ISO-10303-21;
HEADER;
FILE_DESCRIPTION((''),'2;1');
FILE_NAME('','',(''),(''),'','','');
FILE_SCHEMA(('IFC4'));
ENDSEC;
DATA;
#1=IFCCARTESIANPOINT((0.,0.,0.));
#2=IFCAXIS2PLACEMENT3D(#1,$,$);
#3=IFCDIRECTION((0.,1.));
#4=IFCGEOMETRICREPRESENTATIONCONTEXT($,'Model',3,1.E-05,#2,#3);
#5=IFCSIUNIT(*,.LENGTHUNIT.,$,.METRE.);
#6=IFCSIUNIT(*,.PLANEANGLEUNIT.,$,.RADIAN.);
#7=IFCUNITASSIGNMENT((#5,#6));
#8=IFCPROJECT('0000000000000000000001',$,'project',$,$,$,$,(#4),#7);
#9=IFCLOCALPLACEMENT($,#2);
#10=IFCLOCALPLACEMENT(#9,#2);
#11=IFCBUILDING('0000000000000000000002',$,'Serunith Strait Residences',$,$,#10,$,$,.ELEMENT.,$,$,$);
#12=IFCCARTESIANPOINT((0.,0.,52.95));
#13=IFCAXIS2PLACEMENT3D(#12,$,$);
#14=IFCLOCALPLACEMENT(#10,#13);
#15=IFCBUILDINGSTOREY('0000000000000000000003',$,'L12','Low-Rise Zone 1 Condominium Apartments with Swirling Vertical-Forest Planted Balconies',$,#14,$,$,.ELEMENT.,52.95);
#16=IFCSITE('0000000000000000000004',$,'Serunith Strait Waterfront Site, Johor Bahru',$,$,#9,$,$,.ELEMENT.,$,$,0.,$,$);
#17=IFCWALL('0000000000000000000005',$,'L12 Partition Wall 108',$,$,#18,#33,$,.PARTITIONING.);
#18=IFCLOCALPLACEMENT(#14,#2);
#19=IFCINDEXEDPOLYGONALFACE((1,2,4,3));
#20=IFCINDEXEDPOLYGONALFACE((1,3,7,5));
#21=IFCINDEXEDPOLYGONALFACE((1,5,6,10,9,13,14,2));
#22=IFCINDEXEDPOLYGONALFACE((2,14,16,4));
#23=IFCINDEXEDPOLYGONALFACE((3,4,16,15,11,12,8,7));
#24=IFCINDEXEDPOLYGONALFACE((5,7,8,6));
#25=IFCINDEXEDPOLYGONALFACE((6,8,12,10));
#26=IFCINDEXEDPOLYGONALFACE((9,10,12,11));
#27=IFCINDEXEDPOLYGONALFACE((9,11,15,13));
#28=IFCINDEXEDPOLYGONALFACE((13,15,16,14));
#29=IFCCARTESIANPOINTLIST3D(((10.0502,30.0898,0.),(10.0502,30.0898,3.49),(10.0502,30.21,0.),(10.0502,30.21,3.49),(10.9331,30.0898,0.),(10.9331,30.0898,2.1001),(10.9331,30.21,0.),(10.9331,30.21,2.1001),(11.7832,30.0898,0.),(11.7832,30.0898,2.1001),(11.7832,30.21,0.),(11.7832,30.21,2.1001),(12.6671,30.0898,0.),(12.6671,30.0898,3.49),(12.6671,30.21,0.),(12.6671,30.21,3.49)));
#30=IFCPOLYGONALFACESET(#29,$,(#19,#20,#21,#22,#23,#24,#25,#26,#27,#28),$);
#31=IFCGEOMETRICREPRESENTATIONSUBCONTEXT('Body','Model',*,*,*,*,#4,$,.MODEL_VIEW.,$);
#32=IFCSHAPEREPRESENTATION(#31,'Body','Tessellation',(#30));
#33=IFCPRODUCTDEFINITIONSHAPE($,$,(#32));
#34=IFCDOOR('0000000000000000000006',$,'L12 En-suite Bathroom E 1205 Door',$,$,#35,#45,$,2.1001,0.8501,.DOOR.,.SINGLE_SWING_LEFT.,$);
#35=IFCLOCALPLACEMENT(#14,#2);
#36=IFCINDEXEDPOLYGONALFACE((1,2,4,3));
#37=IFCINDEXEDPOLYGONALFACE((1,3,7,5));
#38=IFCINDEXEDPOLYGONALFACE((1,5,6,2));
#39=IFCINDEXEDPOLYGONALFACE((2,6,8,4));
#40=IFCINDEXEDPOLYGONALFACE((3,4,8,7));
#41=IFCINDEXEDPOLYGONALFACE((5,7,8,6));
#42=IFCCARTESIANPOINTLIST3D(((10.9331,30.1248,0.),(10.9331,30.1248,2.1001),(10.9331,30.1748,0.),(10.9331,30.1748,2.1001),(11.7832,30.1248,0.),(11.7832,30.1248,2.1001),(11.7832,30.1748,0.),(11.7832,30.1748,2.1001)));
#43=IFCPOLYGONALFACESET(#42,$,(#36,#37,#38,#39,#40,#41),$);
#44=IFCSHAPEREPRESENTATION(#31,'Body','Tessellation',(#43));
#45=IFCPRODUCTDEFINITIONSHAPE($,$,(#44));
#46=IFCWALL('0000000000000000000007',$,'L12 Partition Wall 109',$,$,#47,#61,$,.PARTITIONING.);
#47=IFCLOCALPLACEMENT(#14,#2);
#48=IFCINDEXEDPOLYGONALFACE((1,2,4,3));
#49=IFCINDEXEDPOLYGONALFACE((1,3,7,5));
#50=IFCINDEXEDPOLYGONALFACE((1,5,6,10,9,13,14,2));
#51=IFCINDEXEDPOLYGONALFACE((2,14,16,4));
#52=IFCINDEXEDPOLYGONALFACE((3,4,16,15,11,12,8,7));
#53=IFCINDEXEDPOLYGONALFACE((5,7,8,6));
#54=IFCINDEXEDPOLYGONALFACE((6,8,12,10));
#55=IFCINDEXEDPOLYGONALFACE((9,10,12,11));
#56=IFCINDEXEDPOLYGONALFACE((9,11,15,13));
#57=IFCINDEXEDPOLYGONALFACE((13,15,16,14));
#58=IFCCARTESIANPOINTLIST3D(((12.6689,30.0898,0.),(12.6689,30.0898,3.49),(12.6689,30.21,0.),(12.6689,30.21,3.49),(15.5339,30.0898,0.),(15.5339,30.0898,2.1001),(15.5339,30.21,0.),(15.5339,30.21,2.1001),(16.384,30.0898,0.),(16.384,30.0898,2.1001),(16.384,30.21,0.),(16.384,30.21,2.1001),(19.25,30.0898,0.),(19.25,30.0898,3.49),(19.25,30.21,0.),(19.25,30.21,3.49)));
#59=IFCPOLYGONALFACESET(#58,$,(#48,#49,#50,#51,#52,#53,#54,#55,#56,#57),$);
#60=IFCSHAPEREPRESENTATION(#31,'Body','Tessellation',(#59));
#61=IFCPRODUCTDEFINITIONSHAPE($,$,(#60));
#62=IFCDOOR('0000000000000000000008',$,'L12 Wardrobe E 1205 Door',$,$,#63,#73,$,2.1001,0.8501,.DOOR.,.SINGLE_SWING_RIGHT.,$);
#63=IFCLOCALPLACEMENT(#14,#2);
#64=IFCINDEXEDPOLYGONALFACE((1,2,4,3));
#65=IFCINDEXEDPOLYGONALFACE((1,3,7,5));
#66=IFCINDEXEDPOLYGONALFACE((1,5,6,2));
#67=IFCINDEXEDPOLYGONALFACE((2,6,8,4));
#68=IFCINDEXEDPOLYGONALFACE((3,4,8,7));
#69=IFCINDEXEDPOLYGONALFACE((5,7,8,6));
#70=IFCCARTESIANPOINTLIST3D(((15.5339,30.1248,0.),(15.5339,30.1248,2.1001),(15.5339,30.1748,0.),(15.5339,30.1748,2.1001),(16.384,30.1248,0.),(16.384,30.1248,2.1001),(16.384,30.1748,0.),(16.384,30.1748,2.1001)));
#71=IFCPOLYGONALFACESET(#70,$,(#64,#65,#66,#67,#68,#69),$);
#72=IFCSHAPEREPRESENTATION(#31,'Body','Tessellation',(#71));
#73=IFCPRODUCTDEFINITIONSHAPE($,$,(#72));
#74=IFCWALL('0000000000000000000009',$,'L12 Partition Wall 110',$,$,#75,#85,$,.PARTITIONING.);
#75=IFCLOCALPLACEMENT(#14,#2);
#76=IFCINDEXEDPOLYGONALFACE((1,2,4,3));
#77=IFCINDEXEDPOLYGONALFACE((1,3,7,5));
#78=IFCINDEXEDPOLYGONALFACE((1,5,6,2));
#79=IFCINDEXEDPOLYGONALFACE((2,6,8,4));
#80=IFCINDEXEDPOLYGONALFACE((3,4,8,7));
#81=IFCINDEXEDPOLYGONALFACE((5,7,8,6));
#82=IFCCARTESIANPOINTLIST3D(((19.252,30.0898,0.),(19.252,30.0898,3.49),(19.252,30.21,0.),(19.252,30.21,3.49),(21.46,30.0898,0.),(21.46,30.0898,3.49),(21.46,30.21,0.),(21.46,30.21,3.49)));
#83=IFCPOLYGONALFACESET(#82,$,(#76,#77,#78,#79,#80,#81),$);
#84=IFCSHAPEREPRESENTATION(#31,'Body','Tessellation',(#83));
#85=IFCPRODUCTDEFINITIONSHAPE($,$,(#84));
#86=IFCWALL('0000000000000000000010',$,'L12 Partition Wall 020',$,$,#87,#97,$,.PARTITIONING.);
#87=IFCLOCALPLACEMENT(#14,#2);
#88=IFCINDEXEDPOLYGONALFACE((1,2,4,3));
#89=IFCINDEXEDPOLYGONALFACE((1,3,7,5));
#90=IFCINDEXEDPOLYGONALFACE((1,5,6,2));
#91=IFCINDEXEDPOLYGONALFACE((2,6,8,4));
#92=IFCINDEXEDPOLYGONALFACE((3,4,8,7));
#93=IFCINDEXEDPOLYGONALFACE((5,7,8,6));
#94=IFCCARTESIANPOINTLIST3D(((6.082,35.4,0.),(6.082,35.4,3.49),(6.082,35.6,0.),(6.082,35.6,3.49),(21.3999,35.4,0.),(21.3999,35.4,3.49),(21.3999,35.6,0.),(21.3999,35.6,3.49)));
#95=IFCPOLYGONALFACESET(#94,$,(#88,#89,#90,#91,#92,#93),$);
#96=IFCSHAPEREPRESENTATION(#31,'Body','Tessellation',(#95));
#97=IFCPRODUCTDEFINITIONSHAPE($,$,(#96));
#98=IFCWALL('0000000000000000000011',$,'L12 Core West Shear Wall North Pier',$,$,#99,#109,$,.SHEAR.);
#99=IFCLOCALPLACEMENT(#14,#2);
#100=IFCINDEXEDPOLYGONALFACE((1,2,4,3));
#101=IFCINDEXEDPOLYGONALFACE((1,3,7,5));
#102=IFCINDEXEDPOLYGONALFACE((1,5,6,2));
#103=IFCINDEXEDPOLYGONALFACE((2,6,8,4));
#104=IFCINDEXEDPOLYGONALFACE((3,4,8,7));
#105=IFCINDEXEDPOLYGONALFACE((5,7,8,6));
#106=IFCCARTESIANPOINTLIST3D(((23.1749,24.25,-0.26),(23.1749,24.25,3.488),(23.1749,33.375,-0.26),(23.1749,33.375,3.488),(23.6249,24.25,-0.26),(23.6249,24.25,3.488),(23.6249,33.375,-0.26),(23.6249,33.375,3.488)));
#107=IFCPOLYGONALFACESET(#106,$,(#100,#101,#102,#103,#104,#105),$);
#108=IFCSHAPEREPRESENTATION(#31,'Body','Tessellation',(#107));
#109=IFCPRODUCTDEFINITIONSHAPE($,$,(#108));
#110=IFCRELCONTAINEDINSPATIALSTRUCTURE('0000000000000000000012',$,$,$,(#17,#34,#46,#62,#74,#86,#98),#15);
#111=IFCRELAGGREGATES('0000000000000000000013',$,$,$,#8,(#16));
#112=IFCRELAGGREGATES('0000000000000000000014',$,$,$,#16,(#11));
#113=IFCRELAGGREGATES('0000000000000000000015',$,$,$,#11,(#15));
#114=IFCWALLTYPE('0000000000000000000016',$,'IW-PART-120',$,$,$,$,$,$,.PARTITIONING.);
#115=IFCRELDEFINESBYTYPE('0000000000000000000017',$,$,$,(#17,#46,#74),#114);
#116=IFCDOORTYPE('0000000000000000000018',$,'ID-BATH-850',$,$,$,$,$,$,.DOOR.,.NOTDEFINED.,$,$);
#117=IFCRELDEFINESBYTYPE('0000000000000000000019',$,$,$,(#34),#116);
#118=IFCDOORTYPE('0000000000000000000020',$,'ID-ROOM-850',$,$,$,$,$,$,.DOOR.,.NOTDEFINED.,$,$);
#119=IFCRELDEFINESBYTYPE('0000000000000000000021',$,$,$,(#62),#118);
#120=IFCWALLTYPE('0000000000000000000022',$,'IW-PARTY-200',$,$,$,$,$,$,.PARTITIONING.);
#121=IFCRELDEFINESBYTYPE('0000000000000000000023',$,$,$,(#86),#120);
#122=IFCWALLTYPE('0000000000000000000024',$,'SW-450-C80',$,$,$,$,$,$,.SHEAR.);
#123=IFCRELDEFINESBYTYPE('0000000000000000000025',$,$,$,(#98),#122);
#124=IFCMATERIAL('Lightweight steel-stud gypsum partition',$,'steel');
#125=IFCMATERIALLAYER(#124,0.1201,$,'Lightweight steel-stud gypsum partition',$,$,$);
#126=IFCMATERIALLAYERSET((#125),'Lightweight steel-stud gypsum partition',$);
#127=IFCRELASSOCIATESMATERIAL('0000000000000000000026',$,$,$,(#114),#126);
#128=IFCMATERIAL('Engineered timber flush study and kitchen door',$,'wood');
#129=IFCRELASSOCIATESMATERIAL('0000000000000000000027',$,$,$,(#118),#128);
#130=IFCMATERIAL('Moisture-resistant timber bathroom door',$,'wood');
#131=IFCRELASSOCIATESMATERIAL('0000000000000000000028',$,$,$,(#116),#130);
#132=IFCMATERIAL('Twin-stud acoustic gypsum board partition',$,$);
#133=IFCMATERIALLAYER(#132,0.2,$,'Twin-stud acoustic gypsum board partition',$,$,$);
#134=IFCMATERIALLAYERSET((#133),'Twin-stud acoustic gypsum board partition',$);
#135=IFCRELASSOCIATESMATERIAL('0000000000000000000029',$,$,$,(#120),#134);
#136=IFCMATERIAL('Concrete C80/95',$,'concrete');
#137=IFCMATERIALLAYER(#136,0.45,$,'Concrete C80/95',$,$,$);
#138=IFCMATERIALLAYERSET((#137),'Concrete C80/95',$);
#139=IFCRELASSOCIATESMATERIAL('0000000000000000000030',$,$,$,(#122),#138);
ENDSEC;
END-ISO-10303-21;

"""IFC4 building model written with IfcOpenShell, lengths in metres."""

from ifc_helpers import new_model, si_unit, direction, frame, frame_2d, origin, place, context, subcontext, project, spatial, rectangle, extrude, source, transform, mapped, material, layer, layer_set, type_object, element, fill, save


model = new_model("IFC4")

# Units and contexts
model_context = context("Model", 3, precision=1e-05, world=origin(), true_north=direction((0.0, 1.0)))
body_context = subcontext(model_context, "Body", "Model", "MODEL_VIEW")
ifc_project = project(units=[si_unit("LENGTHUNIT", "METRE"), si_unit("PLANEANGLEUNIT", "RADIAN")], contexts=[model_context])

# Site, building, storey
site_placement = place(None, origin())
site = spatial("IfcSite", under=ifc_project, at=site_placement, Name="Serunith Strait Waterfront Site, Johor Bahru", CompositionType="ELEMENT", RefElevation=0.0)
building_placement = place(site_placement, origin())
building = spatial("IfcBuilding", under=site, at=building_placement, Name="Serunith Strait Residences", CompositionType="ELEMENT")
storey_placement = place(building_placement, frame((0.0, 0.0, 52.95)))
storey = spatial("IfcBuildingStorey", under=building, at=storey_placement, Name="L12", Description="Low-Rise Zone 1 Condominium Apartments with Swirling Vertical-Forest Planted Balconies", CompositionType="ELEMENT", Elevation=52.95)

# Shared definitions
ifc_material_1 = material(Name="Lightweight steel-stud gypsum partition", Category="steel")
ifc_layer_1 = layer(ifc_material_1, 0.1201, Name="Lightweight steel-stud gypsum partition")
ifc_layer_set_1 = layer_set([ifc_layer_1], Name="Lightweight steel-stud gypsum partition")
wall_type_1 = type_object("IfcWallType", Name="IW-PART-120", PredefinedType="PARTITIONING", material=ifc_layer_set_1)

# Shared definitions
ifc_material_2 = material(Name="Engineered timber flush study and kitchen door", Category="wood")
door_type_1 = type_object("IfcDoorType", Name="ID-ROOM-850", OperationType="NOTDEFINED", PredefinedType="DOOR", material=ifc_material_2)
shared_shape_1 = source(origin(), body_context, "Body", "SweptSolid", [
    extrude(rectangle(XDim=0.8501, YDim=2.1001, at=frame_2d((0.425, 1.05))), frame((0.0, 0.0249, 0.0), z_axis=(0.0, -1.0, 0.0), x_axis=(1.0, 0.0, 0.0)), (0.0, 0.0, 1.0), 0.05),
])

# Walls, openings, doors
wall_1_placement = place(storey_placement, frame((10.05, 30.1499, 0.0), z_axis=(0.0, 0.0, 1.0), x_axis=(1.0, 0.0, 0.0)))
wall_1 = element("IfcWall", 1, at=wall_1_placement, inside=storey, type_object=wall_type_1, Name="L12 Partition Wall 108", PredefinedType="PARTITIONING", context=body_context, shape_type="SweptSolid", body=[
    extrude(rectangle(XDim=2.6169, YDim=0.1201, at=frame_2d((1.3086, 0.0))), origin(), (0.0, 0.0, 1.0), 3.49),
])
opening_1_placement = place(wall_1_placement, frame((0.8831, 0.0, 0.0)))
opening_1 = element("IfcOpeningElement", 2, at=opening_1_placement, cuts=wall_1, PredefinedType="OPENING", context=body_context, shape_type="SweptSolid", body=[
    extrude(rectangle(XDim=0.8501, YDim=2.1001, at=frame_2d((0.425, 1.05))), frame((0.0, 0.0701, 0.0), z_axis=(0.0, -1.0, 0.0), x_axis=(1.0, 0.0, 0.0)), (0.0, 0.0, 1.0), 0.1401),
])
ifc_material_3 = material(Name="Moisture-resistant timber bathroom door", Category="wood")
door_type_2 = type_object("IfcDoorType", Name="ID-BATH-850", OperationType="NOTDEFINED", PredefinedType="DOOR", material=ifc_material_3)
door_1_placement = place(opening_1_placement, origin())
door_1 = element("IfcDoor", 3, at=door_1_placement, inside=storey, type_object=door_type_2, Name="L12 En-suite Bathroom E 1205 Door", OperationType="SINGLE_SWING_LEFT", OverallHeight=2.1001, OverallWidth=0.8501, PredefinedType="DOOR", context=body_context, shape_type="MappedRepresentation", body=[
    mapped(shared_shape_1, transform((0.0, 0.0, 0.0), scale=1.0)),
])
fill(opening_1, door_1)
wall_2_placement = place(storey_placement, frame((12.6689, 30.1499, 0.0), z_axis=(0.0, 0.0, 1.0), x_axis=(1.0, 0.0, 0.0)))
wall_2 = element("IfcWall", 4, at=wall_2_placement, inside=storey, type_object=wall_type_1, Name="L12 Partition Wall 109", PredefinedType="PARTITIONING", context=body_context, shape_type="SweptSolid", body=[
    extrude(rectangle(XDim=6.5811, YDim=0.1201, at=frame_2d((3.2905, 0.0))), origin(), (0.0, 0.0, 1.0), 3.49),
])
opening_2_placement = place(wall_2_placement, frame((2.865, 0.0, 0.0)))
opening_2 = element("IfcOpeningElement", 5, at=opening_2_placement, cuts=wall_2, PredefinedType="OPENING", context=body_context, shape_type="SweptSolid", body=[
    extrude(rectangle(XDim=0.8501, YDim=2.1001, at=frame_2d((0.425, 1.05))), frame((0.0, 0.0701, 0.0), z_axis=(0.0, -1.0, 0.0), x_axis=(1.0, 0.0, 0.0)), (0.0, 0.0, 1.0), 0.1401),
])
door_2_placement = place(opening_2_placement, origin())
door_2 = element("IfcDoor", 6, at=door_2_placement, inside=storey, type_object=door_type_1, Name="L12 Wardrobe E 1205 Door", OperationType="SINGLE_SWING_RIGHT", OverallHeight=2.1001, OverallWidth=0.8501, PredefinedType="DOOR", context=body_context, shape_type="MappedRepresentation", body=[
    mapped(shared_shape_1, transform((0.0, 0.0, 0.0), scale=1.0)),
])
fill(opening_2, door_2)

# Walls
wall_3_placement = place(storey_placement, frame((19.252, 30.1499, 0.0), z_axis=(0.0, 0.0, 1.0), x_axis=(1.0, 0.0, 0.0)))
element("IfcWall", 7, at=wall_3_placement, inside=storey, type_object=wall_type_1, Name="L12 Partition Wall 110", PredefinedType="PARTITIONING", context=body_context, shape_type="SweptSolid", body=[
    extrude(rectangle(XDim=2.208, YDim=0.1201, at=frame_2d((1.104, 0.0))), origin(), (0.0, 0.0, 1.0), 3.49),
])
ifc_material_4 = material(Name="Twin-stud acoustic gypsum board partition")
ifc_layer_2 = layer(ifc_material_4, 0.2, Name="Twin-stud acoustic gypsum board partition")
ifc_layer_set_2 = layer_set([ifc_layer_2], Name="Twin-stud acoustic gypsum board partition")
wall_type_2 = type_object("IfcWallType", Name="IW-PARTY-200", PredefinedType="PARTITIONING", material=ifc_layer_set_2)
wall_4_placement = place(storey_placement, frame((6.082, 35.5, 0.0), z_axis=(0.0, 0.0, 1.0), x_axis=(1.0, 0.0, 0.0)))
element("IfcWall", 8, at=wall_4_placement, inside=storey, type_object=wall_type_2, Name="L12 Partition Wall 020", PredefinedType="PARTITIONING", context=body_context, shape_type="SweptSolid", body=[
    extrude(rectangle(XDim=15.3179, YDim=0.2, at=frame_2d((7.6589, 0.0))), origin(), (0.0, 0.0, 1.0), 3.49),
])
ifc_material_5 = material(Name="Concrete C80/95", Category="concrete")
ifc_layer_3 = layer(ifc_material_5, 0.45, Name="Concrete C80/95")
ifc_layer_set_3 = layer_set([ifc_layer_3], Name="Concrete C80/95")
wall_type_3 = type_object("IfcWallType", Name="SW-450-C80", PredefinedType="SHEAR", material=ifc_layer_set_3)
wall_5_placement = place(storey_placement, frame((23.3999, 24.25, -0.26), z_axis=(0.0, 0.0, 1.0), x_axis=(0.0, 1.0, 0.0)))
element("IfcWall", 9, at=wall_5_placement, inside=storey, type_object=wall_type_3, Name="L12 Core West Shear Wall North Pier", PredefinedType="SHEAR", context=body_context, shape_type="SweptSolid", body=[
    extrude(rectangle(XDim=9.125, YDim=0.45, at=frame_2d((4.5625, 0.0))), origin(), (0.0, 0.0, 1.0), 3.748),
])

save(model, "model.ifc")
